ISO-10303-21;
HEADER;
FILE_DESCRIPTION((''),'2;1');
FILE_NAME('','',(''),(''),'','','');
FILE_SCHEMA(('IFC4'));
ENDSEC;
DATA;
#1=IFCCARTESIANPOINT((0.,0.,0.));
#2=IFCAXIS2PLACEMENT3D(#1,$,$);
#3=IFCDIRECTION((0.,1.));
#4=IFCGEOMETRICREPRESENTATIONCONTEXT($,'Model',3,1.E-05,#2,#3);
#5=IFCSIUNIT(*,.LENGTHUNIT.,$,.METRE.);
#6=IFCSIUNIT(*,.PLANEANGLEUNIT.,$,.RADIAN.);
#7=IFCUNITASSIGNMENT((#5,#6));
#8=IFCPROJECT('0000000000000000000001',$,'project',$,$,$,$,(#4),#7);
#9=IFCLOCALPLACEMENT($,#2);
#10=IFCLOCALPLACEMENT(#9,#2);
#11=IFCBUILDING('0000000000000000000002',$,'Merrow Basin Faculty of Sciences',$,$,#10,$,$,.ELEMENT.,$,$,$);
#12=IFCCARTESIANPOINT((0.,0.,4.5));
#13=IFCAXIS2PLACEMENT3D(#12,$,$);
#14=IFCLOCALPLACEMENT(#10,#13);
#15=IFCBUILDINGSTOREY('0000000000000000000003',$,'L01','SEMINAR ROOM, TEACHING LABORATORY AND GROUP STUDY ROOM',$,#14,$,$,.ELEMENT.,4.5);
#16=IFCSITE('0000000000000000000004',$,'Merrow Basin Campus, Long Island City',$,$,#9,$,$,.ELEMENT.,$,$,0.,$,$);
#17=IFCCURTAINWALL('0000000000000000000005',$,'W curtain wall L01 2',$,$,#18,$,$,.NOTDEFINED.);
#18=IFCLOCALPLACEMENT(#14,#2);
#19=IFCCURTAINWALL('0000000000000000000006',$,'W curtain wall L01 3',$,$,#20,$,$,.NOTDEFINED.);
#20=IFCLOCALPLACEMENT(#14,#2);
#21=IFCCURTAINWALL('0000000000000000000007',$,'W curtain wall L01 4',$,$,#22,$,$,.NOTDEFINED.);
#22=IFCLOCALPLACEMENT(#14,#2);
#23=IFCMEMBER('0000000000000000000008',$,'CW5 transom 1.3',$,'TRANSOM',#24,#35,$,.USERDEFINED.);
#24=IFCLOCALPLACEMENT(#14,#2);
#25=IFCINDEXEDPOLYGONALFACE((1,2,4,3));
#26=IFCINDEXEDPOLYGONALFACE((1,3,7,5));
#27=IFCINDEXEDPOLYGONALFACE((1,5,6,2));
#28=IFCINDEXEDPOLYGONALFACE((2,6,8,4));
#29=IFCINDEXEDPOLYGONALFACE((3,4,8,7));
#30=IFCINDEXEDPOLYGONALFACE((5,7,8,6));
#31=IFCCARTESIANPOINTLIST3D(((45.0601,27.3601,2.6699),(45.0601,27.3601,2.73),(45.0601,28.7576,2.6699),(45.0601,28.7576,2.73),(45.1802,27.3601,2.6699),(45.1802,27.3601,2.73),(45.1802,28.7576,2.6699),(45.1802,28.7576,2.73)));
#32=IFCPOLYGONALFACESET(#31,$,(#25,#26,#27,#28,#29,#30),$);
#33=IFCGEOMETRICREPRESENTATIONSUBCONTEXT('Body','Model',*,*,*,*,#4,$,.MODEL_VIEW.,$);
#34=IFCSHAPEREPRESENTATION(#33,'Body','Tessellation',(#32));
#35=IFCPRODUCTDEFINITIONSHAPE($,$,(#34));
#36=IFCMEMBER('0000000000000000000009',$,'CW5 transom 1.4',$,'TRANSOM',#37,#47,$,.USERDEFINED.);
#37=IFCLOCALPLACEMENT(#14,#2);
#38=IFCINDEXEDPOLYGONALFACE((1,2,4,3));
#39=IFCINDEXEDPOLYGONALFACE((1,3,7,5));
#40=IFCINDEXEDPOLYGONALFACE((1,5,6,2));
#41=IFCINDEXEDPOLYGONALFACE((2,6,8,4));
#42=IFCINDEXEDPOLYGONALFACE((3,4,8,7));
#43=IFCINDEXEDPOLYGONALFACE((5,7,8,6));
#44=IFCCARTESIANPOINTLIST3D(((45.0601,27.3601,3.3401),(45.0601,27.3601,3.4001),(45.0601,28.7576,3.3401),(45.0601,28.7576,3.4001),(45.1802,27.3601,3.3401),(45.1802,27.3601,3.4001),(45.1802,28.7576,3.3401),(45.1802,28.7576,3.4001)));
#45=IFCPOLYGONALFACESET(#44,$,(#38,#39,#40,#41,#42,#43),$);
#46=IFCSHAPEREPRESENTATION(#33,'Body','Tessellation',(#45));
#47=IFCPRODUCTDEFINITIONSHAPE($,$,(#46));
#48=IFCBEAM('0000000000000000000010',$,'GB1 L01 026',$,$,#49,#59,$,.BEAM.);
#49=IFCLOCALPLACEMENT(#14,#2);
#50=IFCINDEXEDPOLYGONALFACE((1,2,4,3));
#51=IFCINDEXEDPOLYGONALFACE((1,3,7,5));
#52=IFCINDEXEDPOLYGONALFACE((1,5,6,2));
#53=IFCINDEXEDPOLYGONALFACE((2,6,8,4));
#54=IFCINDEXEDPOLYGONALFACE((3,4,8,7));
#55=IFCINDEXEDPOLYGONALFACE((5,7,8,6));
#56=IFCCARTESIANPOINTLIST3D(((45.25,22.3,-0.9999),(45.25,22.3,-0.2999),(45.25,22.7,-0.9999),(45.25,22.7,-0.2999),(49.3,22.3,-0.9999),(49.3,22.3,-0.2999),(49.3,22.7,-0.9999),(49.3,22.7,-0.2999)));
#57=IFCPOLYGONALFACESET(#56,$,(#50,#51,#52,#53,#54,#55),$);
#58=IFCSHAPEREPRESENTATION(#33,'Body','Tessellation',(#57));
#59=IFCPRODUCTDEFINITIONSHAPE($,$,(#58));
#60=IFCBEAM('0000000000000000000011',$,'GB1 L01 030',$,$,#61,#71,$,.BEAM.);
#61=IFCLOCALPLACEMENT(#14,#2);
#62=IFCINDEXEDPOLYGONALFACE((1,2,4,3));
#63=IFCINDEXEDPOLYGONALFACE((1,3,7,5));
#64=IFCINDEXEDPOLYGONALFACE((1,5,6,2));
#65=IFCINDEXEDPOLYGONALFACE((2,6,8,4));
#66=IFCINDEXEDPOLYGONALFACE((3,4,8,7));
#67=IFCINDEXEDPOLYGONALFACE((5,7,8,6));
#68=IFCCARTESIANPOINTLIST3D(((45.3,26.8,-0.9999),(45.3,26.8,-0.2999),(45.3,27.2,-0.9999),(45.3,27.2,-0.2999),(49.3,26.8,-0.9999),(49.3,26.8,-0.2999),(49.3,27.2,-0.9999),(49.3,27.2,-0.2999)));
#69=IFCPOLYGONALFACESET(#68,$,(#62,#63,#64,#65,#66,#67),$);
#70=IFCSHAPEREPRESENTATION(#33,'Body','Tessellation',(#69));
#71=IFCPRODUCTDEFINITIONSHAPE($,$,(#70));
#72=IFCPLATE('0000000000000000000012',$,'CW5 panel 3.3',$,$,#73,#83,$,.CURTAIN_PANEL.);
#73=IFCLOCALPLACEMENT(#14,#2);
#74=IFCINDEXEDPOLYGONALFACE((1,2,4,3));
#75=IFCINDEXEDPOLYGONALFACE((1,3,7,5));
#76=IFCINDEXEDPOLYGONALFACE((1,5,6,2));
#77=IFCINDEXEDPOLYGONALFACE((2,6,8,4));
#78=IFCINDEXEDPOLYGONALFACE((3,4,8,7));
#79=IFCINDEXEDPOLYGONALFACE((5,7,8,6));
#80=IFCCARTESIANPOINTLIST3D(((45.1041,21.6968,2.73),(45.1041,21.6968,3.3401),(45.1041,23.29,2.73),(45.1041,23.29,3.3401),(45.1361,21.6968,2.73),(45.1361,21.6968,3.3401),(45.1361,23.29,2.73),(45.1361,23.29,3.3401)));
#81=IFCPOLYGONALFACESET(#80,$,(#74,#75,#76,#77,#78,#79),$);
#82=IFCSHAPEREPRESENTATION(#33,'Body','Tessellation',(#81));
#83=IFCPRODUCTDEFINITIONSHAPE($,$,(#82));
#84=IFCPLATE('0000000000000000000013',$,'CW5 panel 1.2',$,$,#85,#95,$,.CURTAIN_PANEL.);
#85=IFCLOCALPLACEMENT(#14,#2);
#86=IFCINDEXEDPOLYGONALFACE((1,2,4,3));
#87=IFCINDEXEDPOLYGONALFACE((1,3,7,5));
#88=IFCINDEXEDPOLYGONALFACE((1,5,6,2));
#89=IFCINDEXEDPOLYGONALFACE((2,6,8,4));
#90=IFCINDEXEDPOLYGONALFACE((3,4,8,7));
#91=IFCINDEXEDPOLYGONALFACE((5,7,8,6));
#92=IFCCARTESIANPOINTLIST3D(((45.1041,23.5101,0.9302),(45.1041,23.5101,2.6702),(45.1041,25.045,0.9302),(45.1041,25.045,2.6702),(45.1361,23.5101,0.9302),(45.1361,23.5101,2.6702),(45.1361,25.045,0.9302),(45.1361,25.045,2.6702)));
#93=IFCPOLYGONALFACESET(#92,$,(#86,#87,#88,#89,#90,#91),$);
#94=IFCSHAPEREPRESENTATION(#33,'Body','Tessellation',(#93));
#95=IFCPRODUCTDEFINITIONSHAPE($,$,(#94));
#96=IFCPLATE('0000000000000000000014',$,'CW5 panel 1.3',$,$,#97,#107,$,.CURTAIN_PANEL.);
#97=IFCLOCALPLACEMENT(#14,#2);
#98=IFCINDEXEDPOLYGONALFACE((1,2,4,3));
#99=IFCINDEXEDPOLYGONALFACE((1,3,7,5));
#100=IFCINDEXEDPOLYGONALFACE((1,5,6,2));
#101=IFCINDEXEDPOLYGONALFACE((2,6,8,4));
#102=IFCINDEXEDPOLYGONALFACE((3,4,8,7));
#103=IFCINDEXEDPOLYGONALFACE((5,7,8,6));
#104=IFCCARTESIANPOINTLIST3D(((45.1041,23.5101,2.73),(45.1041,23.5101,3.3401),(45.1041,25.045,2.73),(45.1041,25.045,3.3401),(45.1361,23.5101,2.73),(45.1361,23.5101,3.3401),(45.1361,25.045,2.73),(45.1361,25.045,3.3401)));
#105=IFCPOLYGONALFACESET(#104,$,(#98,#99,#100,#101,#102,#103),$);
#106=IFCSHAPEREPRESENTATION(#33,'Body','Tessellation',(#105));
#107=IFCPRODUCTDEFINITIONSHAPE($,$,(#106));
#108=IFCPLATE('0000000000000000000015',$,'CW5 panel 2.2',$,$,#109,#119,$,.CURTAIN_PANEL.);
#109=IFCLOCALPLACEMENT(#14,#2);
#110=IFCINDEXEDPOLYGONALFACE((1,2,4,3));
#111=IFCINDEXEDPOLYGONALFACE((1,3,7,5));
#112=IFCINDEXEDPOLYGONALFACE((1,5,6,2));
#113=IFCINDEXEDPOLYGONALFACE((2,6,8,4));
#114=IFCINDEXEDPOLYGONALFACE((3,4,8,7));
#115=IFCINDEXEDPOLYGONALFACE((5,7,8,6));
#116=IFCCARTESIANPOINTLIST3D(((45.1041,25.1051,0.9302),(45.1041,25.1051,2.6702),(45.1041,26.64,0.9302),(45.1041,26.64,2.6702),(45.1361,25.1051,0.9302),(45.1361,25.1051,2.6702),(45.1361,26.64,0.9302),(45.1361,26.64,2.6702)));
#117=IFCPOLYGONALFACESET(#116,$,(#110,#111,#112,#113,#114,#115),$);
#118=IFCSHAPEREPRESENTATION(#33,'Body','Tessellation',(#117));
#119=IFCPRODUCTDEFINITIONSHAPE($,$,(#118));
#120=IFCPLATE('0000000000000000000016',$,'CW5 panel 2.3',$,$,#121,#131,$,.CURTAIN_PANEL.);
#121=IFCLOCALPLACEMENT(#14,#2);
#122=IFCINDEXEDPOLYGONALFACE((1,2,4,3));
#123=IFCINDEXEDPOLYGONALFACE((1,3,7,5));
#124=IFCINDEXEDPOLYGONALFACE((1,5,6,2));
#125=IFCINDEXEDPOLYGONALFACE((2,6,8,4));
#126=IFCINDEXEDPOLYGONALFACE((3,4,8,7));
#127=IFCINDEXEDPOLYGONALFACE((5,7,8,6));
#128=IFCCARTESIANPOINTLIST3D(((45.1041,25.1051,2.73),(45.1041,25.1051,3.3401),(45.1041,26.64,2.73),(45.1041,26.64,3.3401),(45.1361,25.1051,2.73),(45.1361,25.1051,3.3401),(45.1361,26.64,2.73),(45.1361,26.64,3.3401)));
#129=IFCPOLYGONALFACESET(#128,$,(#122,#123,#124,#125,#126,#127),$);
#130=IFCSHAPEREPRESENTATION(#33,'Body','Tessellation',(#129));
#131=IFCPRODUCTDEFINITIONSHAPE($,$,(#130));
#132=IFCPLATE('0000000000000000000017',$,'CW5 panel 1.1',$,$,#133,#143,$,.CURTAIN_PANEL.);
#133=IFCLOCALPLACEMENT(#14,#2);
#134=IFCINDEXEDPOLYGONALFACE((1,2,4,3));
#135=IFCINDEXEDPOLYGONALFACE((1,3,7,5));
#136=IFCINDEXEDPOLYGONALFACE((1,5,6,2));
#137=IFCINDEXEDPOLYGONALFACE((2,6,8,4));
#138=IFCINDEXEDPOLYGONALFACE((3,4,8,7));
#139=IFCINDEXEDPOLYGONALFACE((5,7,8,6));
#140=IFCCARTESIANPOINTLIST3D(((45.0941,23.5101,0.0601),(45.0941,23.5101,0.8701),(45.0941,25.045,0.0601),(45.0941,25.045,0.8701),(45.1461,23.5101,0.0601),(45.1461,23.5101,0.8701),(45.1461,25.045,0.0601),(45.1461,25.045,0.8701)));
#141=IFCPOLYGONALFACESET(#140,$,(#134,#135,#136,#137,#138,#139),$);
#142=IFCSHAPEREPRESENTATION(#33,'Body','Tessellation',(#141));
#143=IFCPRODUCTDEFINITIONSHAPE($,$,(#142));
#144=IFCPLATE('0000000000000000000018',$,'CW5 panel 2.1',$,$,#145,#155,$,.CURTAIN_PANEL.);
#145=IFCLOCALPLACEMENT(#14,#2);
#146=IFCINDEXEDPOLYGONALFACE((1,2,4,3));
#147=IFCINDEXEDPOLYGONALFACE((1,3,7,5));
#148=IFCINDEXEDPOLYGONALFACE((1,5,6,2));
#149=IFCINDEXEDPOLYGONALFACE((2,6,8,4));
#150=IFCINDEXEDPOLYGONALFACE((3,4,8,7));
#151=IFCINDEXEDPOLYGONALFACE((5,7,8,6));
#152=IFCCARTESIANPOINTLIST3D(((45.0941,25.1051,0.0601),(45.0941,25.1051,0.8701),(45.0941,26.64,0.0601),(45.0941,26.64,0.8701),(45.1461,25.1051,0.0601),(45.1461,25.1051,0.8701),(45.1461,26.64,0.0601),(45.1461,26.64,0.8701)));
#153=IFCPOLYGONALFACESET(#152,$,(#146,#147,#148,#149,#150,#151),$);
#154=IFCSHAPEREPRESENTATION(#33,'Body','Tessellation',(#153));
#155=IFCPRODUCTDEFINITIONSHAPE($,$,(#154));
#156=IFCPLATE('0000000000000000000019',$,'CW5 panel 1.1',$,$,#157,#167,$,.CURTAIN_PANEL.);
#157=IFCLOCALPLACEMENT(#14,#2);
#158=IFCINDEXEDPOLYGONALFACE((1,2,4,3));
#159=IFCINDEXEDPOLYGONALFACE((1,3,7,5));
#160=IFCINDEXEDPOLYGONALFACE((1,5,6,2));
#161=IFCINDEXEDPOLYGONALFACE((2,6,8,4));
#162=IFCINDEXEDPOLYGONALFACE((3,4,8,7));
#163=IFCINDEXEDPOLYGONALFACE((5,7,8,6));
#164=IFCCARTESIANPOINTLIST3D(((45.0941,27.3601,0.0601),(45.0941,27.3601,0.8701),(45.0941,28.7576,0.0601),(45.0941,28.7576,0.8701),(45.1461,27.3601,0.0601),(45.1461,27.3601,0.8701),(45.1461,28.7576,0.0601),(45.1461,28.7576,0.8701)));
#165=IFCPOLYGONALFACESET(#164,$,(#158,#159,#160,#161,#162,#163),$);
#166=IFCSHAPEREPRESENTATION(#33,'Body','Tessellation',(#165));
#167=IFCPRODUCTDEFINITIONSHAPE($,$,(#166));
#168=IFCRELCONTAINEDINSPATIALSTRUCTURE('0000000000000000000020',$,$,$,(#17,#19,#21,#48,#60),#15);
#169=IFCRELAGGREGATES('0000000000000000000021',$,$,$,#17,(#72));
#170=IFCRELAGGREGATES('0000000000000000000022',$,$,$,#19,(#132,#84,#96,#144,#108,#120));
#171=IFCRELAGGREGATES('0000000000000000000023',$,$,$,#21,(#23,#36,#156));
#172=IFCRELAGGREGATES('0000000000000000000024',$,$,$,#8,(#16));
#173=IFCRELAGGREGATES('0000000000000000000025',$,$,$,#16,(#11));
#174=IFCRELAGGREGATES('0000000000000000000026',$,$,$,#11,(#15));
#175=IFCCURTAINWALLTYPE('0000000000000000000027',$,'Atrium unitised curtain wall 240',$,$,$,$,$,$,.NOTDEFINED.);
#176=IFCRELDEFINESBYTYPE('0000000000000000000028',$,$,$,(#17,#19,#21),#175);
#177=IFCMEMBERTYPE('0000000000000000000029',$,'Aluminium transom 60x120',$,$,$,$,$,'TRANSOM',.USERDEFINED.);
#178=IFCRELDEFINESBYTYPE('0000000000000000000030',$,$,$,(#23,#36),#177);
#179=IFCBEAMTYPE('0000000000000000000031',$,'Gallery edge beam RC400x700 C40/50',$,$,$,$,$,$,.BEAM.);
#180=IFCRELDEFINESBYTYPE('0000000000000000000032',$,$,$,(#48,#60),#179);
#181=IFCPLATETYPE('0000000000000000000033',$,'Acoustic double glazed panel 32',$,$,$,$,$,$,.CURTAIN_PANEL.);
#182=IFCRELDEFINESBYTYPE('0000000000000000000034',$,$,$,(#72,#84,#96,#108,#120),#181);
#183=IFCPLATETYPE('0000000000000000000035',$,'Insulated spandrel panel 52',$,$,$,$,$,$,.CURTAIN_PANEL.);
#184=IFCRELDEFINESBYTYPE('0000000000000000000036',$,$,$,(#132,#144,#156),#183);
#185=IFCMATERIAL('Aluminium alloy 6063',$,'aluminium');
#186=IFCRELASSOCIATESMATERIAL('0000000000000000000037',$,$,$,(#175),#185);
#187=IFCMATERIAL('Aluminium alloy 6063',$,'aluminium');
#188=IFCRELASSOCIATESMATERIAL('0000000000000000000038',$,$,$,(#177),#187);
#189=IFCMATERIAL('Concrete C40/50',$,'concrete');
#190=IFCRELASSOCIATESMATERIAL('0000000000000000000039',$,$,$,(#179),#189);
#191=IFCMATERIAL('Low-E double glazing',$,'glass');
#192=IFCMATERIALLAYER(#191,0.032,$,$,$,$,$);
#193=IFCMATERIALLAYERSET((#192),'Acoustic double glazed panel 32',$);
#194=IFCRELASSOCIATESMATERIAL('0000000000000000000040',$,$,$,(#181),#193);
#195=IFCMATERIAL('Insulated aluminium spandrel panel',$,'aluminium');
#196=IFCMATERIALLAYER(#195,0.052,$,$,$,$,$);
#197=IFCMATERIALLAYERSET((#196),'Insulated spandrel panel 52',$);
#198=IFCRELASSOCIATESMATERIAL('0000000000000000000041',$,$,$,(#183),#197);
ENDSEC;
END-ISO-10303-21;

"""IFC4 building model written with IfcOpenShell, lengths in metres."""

from ifc_helpers import new_model, si_unit, direction, frame, origin, origin_2d, place, context, subcontext, project, spatial, rectangle, extrude, material, layer, layer_set, material_profile, profile_set, type_object, element, aggregate, save


model = new_model("IFC4")

# Units and contexts
model_context = context("Model", 3, precision=1e-05, world=origin(), true_north=direction((0.0, 1.0)))
body_context = subcontext(model_context, "Body", "Model", "MODEL_VIEW")
ifc_project = project(units=[si_unit("LENGTHUNIT", "METRE"), si_unit("PLANEANGLEUNIT", "RADIAN")], contexts=[model_context])

# Site, building, storey
site_placement = place(None, origin())
site = spatial("IfcSite", under=ifc_project, at=site_placement, Name="Merrow Basin Campus, Long Island City", CompositionType="ELEMENT", RefElevation=0.0)
building_placement = place(site_placement, origin())
building = spatial("IfcBuilding", under=site, at=building_placement, Name="Merrow Basin Faculty of Sciences", CompositionType="ELEMENT")
storey_placement = place(building_placement, frame((0.0, 0.0, 4.5)))
storey = spatial("IfcBuildingStorey", under=building, at=storey_placement, Name="L01", Description="SEMINAR ROOM, TEACHING LABORATORY AND GROUP STUDY ROOM", CompositionType="ELEMENT", Elevation=4.5)

# Curtain wall
ifc_material_1 = material(Name="Aluminium alloy 6063", Category="aluminium")
curtain_wall_type = type_object("IfcCurtainWallType", Name="Atrium unitised curtain wall 240", PredefinedType="NOTDEFINED", material=ifc_material_1)
curtain_wall_1_placement = place(storey_placement, origin())
curtain_wall_1 = element("IfcCurtainWall", 1, at=curtain_wall_1_placement, inside=storey, type_object=curtain_wall_type, Name="W curtain wall L01 2", PredefinedType="NOTDEFINED")

# Curtain wall
curtain_wall_2_placement = place(storey_placement, origin())
curtain_wall_2 = element("IfcCurtainWall", 2, at=curtain_wall_2_placement, inside=storey, type_object=curtain_wall_type, Name="W curtain wall L01 3", PredefinedType="NOTDEFINED")

# Curtain wall
curtain_wall_3_placement = place(storey_placement, origin())
curtain_wall_3 = element("IfcCurtainWall", 3, at=curtain_wall_3_placement, inside=storey, type_object=curtain_wall_type, Name="W curtain wall L01 4", PredefinedType="NOTDEFINED")

# Members
ifc_material_2 = material(Name="Aluminium alloy 6063", Category="aluminium")
ifc_material_profile_1 = material_profile(ifc_material_2, rectangle(XDim=0.1201, YDim=0.0601, at=origin_2d()))
ifc_profile_set_1 = profile_set([ifc_material_profile_1], Name="Aluminium alloy 6063")
member_type_1 = type_object("IfcMemberType", Name="Aluminium transom 60x120", ElementType="TRANSOM", PredefinedType="USERDEFINED", material=ifc_profile_set_1)
member_1_placement = place(storey_placement, frame((45.1201, 27.3601, 2.7), z_axis=(0.0, 1.0, 0.0), x_axis=(-1.0, 0.0, 0.0)))
member_1 = element("IfcMember", 4, at=member_1_placement, type_object=member_type_1, Name="CW5 transom 1.3", ObjectType="TRANSOM", PredefinedType="USERDEFINED", context=body_context, shape_type="SweptSolid", body=[
    extrude(rectangle(XDim=0.1201, YDim=0.0601, at=origin_2d()), origin(), (0.0, 0.0, 1.0), 1.3975),
])
member_2_placement = place(storey_placement, frame((45.1201, 27.3601, 3.3701), z_axis=(0.0, 1.0, 0.0), x_axis=(-1.0, 0.0, 0.0)))
member_2 = element("IfcMember", 5, at=member_2_placement, type_object=member_type_1, Name="CW5 transom 1.4", ObjectType="TRANSOM", PredefinedType="USERDEFINED", context=body_context, shape_type="SweptSolid", body=[
    extrude(rectangle(XDim=0.1201, YDim=0.0601, at=origin_2d()), origin(), (0.0, 0.0, 1.0), 1.3975),
])

# Beams
ifc_material_3 = material(Name="Concrete C40/50", Category="concrete")
ifc_material_profile_2 = material_profile(ifc_material_3, rectangle(XDim=0.3999, YDim=0.7, at=origin_2d()))
ifc_profile_set_2 = profile_set([ifc_material_profile_2], Name="Concrete C40/50")
beam_type = type_object("IfcBeamType", Name="Gallery edge beam RC400x700 C40/50", PredefinedType="BEAM", material=ifc_profile_set_2)
beam_1_placement = place(storey_placement, frame((45.25, 22.5, -0.6499), z_axis=(1.0, 0.0, 0.0), x_axis=(0.0, 1.0, 0.0)))
element("IfcBeam", 6, at=beam_1_placement, inside=storey, type_object=beam_type, Name="GB1 L01 026", PredefinedType="BEAM", context=body_context, shape_type="SweptSolid", body=[
    extrude(rectangle(XDim=0.3999, YDim=0.7, at=origin_2d()), origin(), (0.0, 0.0, 1.0), 4.05),
])
beam_2_placement = place(storey_placement, frame((45.3, 27.0, -0.6499), z_axis=(1.0, 0.0, 0.0), x_axis=(0.0, 1.0, 0.0)))
element("IfcBeam", 7, at=beam_2_placement, inside=storey, type_object=beam_type, Name="GB1 L01 030", PredefinedType="BEAM", context=body_context, shape_type="SweptSolid", body=[
    extrude(rectangle(XDim=0.3999, YDim=0.7, at=origin_2d()), origin(), (0.0, 0.0, 1.0), 4.0),
])

# Plates
ifc_material_4 = material(Name="Low-E double glazing", Category="glass")
ifc_layer_1 = layer(ifc_material_4, 0.032)
ifc_layer_set_1 = layer_set([ifc_layer_1], Name="Acoustic double glazed panel 32")
plate_type_1 = type_object("IfcPlateType", Name="Acoustic double glazed panel 32", PredefinedType="CURTAIN_PANEL", material=ifc_layer_set_1)
plate_1_placement = place(storey_placement, frame((45.1201, 22.4934, 2.73), z_axis=(0.0, 0.0, 1.0), x_axis=(0.0, 1.0, 0.0)))
plate_1 = element("IfcPlate", 8, at=plate_1_placement, type_object=plate_type_1, Name="CW5 panel 3.3", PredefinedType="CURTAIN_PANEL", context=body_context, shape_type="SweptSolid", body=[
    extrude(rectangle(XDim=1.5933, YDim=0.032, at=origin_2d()), origin(), (0.0, 0.0, 1.0), 0.6101),
])
aggregate(curtain_wall_1, [plate_1])
plate_2_placement = place(storey_placement, frame((45.1201, 24.2776, 0.9302), z_axis=(0.0, 0.0, 1.0), x_axis=(0.0, 1.0, 0.0)))
plate_2 = element("IfcPlate", 9, at=plate_2_placement, type_object=plate_type_1, Name="CW5 panel 1.2", PredefinedType="CURTAIN_PANEL", context=body_context, shape_type="SweptSolid", body=[
    extrude(rectangle(XDim=1.5349, YDim=0.032, at=origin_2d()), origin(), (0.0, 0.0, 1.0), 1.74),
])
plate_3_placement = place(storey_placement, frame((45.1201, 24.2776, 2.73), z_axis=(0.0, 0.0, 1.0), x_axis=(0.0, 1.0, 0.0)))
plate_3 = element("IfcPlate", 10, at=plate_3_placement, type_object=plate_type_1, Name="CW5 panel 1.3", PredefinedType="CURTAIN_PANEL", context=body_context, shape_type="SweptSolid", body=[
    extrude(rectangle(XDim=1.5349, YDim=0.032, at=origin_2d()), origin(), (0.0, 0.0, 1.0), 0.6101),
])
plate_4_placement = place(storey_placement, frame((45.1201, 25.8726, 0.9302), z_axis=(0.0, 0.0, 1.0), x_axis=(0.0, 1.0, 0.0)))
plate_4 = element("IfcPlate", 11, at=plate_4_placement, type_object=plate_type_1, Name="CW5 panel 2.2", PredefinedType="CURTAIN_PANEL", context=body_context, shape_type="SweptSolid", body=[
    extrude(rectangle(XDim=1.5349, YDim=0.032, at=origin_2d()), origin(), (0.0, 0.0, 1.0), 1.74),
])
plate_5_placement = place(storey_placement, frame((45.1201, 25.8726, 2.73), z_axis=(0.0, 0.0, 1.0), x_axis=(0.0, 1.0, 0.0)))
plate_5 = element("IfcPlate", 12, at=plate_5_placement, type_object=plate_type_1, Name="CW5 panel 2.3", PredefinedType="CURTAIN_PANEL", context=body_context, shape_type="SweptSolid", body=[
    extrude(rectangle(XDim=1.5349, YDim=0.032, at=origin_2d()), origin(), (0.0, 0.0, 1.0), 0.6101),
])
ifc_material_5 = material(Name="Insulated aluminium spandrel panel", Category="aluminium")
ifc_layer_2 = layer(ifc_material_5, 0.052)
ifc_layer_set_2 = layer_set([ifc_layer_2], Name="Insulated spandrel panel 52")
plate_type_2 = type_object("IfcPlateType", Name="Insulated spandrel panel 52", PredefinedType="CURTAIN_PANEL", material=ifc_layer_set_2)
plate_6_placement = place(storey_placement, frame((45.1201, 24.2776, 0.0601), z_axis=(0.0, 0.0, 1.0), x_axis=(0.0, 1.0, 0.0)))
plate_6 = element("IfcPlate", 13, at=plate_6_placement, type_object=plate_type_2, Name="CW5 panel 1.1", PredefinedType="CURTAIN_PANEL", context=body_context, shape_type="SweptSolid", body=[
    extrude(rectangle(XDim=1.5349, YDim=0.052, at=origin_2d()), origin(), (0.0, 0.0, 1.0), 0.8101),
])
plate_7_placement = place(storey_placement, frame((45.1201, 25.8726, 0.0601), z_axis=(0.0, 0.0, 1.0), x_axis=(0.0, 1.0, 0.0)))
plate_7 = element("IfcPlate", 14, at=plate_7_placement, type_object=plate_type_2, Name="CW5 panel 2.1", PredefinedType="CURTAIN_PANEL", context=body_context, shape_type="SweptSolid", body=[
    extrude(rectangle(XDim=1.5349, YDim=0.052, at=origin_2d()), origin(), (0.0, 0.0, 1.0), 0.8101),
])
aggregate(curtain_wall_2, [plate_6, plate_2, plate_3, plate_7, plate_4, plate_5])
plate_8_placement = place(storey_placement, frame((45.1201, 28.0588, 0.0601), z_axis=(0.0, 0.0, 1.0), x_axis=(0.0, 1.0, 0.0)))
plate_8 = element("IfcPlate", 15, at=plate_8_placement, type_object=plate_type_2, Name="CW5 panel 1.1", PredefinedType="CURTAIN_PANEL", context=body_context, shape_type="SweptSolid", body=[
    extrude(rectangle(XDim=1.3975, YDim=0.052, at=origin_2d()), origin(), (0.0, 0.0, 1.0), 0.8101),
])
aggregate(curtain_wall_3, [member_1, member_2, plate_8])

save(model, "model.ifc")
